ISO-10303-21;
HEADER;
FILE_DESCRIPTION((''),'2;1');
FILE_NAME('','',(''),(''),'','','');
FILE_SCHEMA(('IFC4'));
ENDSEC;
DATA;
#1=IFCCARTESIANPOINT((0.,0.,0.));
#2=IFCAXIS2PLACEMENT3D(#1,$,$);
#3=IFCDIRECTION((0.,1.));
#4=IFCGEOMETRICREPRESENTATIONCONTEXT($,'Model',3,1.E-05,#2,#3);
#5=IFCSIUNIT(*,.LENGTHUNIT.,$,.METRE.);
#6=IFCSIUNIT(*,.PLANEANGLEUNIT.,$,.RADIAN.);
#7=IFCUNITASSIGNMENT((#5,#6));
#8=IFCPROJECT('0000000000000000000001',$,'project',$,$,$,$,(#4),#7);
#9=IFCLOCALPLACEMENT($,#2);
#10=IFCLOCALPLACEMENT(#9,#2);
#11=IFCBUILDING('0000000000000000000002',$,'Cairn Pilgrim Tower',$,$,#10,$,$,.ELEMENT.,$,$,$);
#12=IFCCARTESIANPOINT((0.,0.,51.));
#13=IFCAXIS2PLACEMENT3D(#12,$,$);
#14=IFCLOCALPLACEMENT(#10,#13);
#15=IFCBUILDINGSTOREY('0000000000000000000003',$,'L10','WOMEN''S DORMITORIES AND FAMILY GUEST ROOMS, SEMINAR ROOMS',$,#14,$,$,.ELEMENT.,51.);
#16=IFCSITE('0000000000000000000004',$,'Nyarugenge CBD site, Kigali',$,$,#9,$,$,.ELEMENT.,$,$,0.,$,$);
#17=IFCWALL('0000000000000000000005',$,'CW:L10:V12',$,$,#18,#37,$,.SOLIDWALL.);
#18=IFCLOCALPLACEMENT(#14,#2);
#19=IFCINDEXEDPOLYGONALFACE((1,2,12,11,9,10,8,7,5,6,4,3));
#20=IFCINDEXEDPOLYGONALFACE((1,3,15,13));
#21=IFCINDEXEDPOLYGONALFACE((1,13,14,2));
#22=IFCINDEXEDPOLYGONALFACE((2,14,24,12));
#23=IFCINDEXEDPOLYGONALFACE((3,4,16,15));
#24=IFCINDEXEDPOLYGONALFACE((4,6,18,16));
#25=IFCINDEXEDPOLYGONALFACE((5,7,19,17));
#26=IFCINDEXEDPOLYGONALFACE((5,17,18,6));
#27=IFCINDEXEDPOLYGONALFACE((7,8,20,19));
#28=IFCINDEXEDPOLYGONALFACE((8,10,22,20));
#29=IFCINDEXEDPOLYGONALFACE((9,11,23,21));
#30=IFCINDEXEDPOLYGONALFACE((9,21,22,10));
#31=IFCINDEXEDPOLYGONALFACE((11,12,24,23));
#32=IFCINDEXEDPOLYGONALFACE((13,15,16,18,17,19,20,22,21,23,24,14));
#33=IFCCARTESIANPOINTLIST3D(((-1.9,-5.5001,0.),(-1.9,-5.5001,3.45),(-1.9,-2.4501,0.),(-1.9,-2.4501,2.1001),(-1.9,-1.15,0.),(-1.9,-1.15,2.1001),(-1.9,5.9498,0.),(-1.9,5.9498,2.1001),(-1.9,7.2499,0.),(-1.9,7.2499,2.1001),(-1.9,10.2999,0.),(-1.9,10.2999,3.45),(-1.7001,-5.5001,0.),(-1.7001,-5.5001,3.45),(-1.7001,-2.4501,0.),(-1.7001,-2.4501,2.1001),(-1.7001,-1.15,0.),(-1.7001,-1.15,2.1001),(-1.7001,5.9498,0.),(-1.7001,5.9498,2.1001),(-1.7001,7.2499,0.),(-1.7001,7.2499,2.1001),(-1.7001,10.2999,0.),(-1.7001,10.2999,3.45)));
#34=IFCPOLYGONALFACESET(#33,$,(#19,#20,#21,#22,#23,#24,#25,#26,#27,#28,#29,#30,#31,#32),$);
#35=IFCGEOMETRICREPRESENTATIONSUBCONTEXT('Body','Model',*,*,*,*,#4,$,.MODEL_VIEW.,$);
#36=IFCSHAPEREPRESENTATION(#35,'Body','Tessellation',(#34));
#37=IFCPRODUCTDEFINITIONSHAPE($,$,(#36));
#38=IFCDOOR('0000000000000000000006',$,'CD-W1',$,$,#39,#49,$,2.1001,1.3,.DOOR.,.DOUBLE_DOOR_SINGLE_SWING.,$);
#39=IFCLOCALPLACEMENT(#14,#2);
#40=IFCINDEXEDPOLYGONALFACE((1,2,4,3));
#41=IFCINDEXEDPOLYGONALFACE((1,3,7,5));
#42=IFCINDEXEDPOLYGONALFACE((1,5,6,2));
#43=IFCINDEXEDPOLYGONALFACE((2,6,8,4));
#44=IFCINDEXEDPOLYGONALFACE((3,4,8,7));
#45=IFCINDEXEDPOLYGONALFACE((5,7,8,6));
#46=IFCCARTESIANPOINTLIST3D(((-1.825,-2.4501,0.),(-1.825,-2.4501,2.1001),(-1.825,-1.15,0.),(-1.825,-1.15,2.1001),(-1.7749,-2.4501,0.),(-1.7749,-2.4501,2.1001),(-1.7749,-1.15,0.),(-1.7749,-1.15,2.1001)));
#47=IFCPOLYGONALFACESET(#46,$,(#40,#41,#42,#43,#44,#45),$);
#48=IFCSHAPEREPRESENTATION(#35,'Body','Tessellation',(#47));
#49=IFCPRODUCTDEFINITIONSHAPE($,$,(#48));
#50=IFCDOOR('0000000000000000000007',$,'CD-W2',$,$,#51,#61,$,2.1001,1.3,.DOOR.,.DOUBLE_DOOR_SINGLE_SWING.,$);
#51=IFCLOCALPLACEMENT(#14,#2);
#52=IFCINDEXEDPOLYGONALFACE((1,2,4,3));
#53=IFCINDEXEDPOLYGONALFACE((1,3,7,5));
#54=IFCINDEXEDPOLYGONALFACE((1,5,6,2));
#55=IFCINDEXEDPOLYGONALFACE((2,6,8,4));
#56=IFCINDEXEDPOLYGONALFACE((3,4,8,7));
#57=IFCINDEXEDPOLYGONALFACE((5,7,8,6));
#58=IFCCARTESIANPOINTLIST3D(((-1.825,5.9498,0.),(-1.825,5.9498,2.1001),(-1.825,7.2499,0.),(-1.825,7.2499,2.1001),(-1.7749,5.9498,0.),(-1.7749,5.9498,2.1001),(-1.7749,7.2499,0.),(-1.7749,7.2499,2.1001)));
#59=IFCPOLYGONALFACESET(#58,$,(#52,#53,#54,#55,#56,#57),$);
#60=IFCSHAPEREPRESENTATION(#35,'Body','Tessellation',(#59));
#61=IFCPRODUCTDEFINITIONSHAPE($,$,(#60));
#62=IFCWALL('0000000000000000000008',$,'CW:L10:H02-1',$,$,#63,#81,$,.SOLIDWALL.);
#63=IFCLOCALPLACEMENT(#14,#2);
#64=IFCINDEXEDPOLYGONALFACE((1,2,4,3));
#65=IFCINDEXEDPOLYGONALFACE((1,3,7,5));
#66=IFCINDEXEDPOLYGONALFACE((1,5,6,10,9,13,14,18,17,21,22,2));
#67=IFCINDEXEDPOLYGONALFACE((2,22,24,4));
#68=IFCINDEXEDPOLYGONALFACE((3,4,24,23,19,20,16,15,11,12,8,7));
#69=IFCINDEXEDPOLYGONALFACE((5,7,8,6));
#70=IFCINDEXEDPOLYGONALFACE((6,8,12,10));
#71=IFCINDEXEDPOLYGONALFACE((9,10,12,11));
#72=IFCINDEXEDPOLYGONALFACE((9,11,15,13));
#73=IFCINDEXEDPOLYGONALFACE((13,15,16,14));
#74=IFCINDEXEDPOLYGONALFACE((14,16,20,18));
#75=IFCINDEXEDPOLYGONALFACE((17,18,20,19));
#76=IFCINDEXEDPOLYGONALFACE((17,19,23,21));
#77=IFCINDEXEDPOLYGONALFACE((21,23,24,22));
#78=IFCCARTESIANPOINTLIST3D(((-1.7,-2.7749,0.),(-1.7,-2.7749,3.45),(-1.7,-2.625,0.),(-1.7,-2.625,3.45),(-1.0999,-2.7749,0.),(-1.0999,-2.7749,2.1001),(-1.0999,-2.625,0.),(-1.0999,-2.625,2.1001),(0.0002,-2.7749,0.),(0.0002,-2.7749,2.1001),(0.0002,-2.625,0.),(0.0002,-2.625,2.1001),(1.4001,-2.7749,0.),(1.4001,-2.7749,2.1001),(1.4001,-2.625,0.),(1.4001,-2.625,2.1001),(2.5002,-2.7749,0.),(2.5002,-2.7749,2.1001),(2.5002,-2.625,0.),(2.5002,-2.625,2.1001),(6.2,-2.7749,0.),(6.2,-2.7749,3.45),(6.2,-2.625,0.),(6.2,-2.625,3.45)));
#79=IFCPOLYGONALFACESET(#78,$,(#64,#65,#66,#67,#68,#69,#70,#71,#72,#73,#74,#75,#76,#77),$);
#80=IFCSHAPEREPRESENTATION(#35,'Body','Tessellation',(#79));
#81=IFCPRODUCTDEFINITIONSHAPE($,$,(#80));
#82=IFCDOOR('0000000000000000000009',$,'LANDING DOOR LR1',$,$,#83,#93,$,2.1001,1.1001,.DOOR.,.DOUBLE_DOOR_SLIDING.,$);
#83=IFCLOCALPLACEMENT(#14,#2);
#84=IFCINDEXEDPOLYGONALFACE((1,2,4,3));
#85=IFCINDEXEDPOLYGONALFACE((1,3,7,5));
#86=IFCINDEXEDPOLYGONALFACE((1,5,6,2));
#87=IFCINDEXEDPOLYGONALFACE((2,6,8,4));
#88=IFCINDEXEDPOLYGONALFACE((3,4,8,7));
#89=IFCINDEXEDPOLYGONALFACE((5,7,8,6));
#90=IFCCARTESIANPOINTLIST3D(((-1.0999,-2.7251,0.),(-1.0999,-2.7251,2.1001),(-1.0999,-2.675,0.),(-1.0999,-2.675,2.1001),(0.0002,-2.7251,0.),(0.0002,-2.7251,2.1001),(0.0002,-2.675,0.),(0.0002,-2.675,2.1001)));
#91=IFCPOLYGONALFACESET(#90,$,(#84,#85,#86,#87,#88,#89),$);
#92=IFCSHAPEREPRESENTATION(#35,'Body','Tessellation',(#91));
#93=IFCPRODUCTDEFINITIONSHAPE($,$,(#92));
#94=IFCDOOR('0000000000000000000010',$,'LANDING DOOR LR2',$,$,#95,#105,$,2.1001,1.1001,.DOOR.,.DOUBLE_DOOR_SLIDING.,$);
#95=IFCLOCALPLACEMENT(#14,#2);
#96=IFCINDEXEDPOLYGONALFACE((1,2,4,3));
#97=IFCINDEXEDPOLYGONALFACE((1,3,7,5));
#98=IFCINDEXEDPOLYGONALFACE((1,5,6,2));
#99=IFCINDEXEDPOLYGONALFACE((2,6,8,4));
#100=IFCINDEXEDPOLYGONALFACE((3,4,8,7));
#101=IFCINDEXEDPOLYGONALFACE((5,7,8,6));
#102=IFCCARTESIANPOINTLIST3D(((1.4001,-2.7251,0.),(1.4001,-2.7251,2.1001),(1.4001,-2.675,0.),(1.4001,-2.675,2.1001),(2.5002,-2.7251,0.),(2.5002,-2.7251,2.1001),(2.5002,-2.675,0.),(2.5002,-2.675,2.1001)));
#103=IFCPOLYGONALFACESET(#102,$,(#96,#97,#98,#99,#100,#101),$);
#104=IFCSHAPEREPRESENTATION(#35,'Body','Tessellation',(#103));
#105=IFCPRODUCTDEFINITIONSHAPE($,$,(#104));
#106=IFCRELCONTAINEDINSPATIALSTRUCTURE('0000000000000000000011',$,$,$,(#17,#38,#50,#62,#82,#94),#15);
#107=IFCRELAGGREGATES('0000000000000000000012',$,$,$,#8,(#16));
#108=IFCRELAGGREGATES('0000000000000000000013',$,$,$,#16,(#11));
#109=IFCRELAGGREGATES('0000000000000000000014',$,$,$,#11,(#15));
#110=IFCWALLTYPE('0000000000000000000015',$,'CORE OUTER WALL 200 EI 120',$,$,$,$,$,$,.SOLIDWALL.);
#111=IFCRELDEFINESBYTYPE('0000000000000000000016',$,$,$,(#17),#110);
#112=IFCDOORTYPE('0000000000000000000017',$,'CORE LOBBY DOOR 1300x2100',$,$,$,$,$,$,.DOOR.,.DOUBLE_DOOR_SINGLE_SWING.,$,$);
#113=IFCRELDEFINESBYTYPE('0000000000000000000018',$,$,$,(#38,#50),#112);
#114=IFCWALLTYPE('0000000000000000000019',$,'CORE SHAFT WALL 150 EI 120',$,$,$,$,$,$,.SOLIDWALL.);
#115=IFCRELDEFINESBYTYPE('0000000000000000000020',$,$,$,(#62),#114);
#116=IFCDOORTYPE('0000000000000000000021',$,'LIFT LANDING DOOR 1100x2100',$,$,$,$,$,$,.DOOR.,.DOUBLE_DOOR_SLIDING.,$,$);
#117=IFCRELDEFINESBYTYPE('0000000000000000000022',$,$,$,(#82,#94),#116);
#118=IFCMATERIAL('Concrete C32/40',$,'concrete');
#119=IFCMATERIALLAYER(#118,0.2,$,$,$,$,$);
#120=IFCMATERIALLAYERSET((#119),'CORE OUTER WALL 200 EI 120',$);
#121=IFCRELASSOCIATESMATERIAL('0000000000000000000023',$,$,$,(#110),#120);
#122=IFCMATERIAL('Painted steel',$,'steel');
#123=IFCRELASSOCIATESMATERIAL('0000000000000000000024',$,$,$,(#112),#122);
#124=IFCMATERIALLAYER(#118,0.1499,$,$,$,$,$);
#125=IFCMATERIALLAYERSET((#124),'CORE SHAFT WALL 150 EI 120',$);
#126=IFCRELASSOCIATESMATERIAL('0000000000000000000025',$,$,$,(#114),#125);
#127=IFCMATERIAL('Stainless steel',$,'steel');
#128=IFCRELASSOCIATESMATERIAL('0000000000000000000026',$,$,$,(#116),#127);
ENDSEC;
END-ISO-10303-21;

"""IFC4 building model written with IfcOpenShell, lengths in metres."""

from ifc_helpers import new_model, si_unit, direction, frame, frame_2d, origin, place, context, subcontext, project, spatial, rectangle, extrude, material, layer, layer_set, type_object, element, fill, save


model = new_model("IFC4")

# Units and contexts
model_context = context("Model", 3, precision=1e-05, world=origin(), true_north=direction((0.0, 1.0)))
body_context = subcontext(model_context, "Body", "Model", "MODEL_VIEW")
ifc_project = project(units=[si_unit("LENGTHUNIT", "METRE"), si_unit("PLANEANGLEUNIT", "RADIAN")], contexts=[model_context])

# Site, building, storey
site_placement = place(None, origin())
site = spatial("IfcSite", under=ifc_project, at=site_placement, Name="Nyarugenge CBD site, Kigali", CompositionType="ELEMENT", RefElevation=0.0)
building_placement = place(site_placement, origin())
building = spatial("IfcBuilding", under=site, at=building_placement, Name="Cairn Pilgrim Tower", CompositionType="ELEMENT")
storey_placement = place(building_placement, frame((0.0, 0.0, 51.0)))
storey = spatial("IfcBuildingStorey", under=building, at=storey_placement, Name="L10", Description="WOMEN'S DORMITORIES AND FAMILY GUEST ROOMS, SEMINAR ROOMS", CompositionType="ELEMENT", Elevation=51.0)

# Shared definitions
ifc_material_1 = material(Name="Concrete C32/40", Category="concrete")
ifc_layer_1 = layer(ifc_material_1, 0.2)
ifc_layer_set_1 = layer_set([ifc_layer_1], Name="CORE OUTER WALL 200 EI 120")
wall_type_1 = type_object("IfcWallType", Name="CORE OUTER WALL 200 EI 120", PredefinedType="SOLIDWALL", material=ifc_layer_set_1)

# Walls, openings, doors
wall_1_placement = place(storey_placement, frame((-1.8, -5.5, 0.0), z_axis=(0.0, 0.0, 1.0), x_axis=(0.0, 1.0, 0.0)))
wall_1 = element("IfcWall", 1, at=wall_1_placement, inside=storey, type_object=wall_type_1, Name="CW:L10:V12", PredefinedType="SOLIDWALL", context=body_context, shape_type="SweptSolid", body=[
    extrude(rectangle(XDim=15.8, YDim=0.2, at=frame_2d((7.8999, 0.0))), origin(), (0.0, 0.0, 1.0), 3.45),
])
opening_1_placement = place(wall_1_placement, frame((3.05, 0.0, 0.0)))
opening_1 = element("IfcOpeningElement", 2, at=opening_1_placement, cuts=wall_1, PredefinedType="OPENING", context=body_context, shape_type="SweptSolid", body=[
    extrude(rectangle(XDim=1.3, YDim=2.1001, at=frame_2d((0.6499, 1.05))), frame((0.0, 0.1099, 0.0), z_axis=(0.0, -1.0, 0.0), x_axis=(1.0, 0.0, 0.0)), (0.0, 0.0, 1.0), 0.22),
])
opening_2_placement = place(wall_1_placement, frame((11.45, 0.0, 0.0)))
opening_2 = element("IfcOpeningElement", 3, at=opening_2_placement, cuts=wall_1, PredefinedType="OPENING", context=body_context, shape_type="SweptSolid", body=[
    extrude(rectangle(XDim=1.3, YDim=2.1001, at=frame_2d((0.6499, 1.05))), frame((0.0, 0.1099, 0.0), z_axis=(0.0, -1.0, 0.0), x_axis=(1.0, 0.0, 0.0)), (0.0, 0.0, 1.0), 0.22),
])
ifc_material_2 = material(Name="Painted steel", Category="steel")
door_type_1 = type_object("IfcDoorType", Name="CORE LOBBY DOOR 1300x2100", OperationType="DOUBLE_DOOR_SINGLE_SWING", PredefinedType="DOOR", material=ifc_material_2)
door_1_placement = place(opening_1_placement, origin())
door_1 = element("IfcDoor", 4, at=door_1_placement, inside=storey, type_object=door_type_1, Name="CD-W1", OperationType="DOUBLE_DOOR_SINGLE_SWING", OverallHeight=2.1001, OverallWidth=1.3, PredefinedType="DOOR", context=body_context, shape_type="SweptSolid", body=[
    extrude(rectangle(XDim=1.3, YDim=2.1001, at=frame_2d((0.6499, 1.05))), frame((0.0, 0.0249, 0.0), z_axis=(0.0, -1.0, 0.0), x_axis=(1.0, 0.0, 0.0)), (0.0, 0.0, 1.0), 0.05),
])
fill(opening_1, door_1)
door_2_placement = place(opening_2_placement, origin())
door_2 = element("IfcDoor", 5, at=door_2_placement, inside=storey, type_object=door_type_1, Name="CD-W2", OperationType="DOUBLE_DOOR_SINGLE_SWING", OverallHeight=2.1001, OverallWidth=1.3, PredefinedType="DOOR", context=body_context, shape_type="SweptSolid", body=[
    extrude(rectangle(XDim=1.3, YDim=2.1001, at=frame_2d((0.6499, 1.05))), frame((0.0, 0.0249, 0.0), z_axis=(0.0, -1.0, 0.0), x_axis=(1.0, 0.0, 0.0)), (0.0, 0.0, 1.0), 0.05),
])
fill(opening_2, door_2)
ifc_layer_2 = layer(ifc_material_1, 0.1499)
ifc_layer_set_2 = layer_set([ifc_layer_2], Name="CORE SHAFT WALL 150 EI 120")
wall_type_2 = type_object("IfcWallType", Name="CORE SHAFT WALL 150 EI 120", PredefinedType="SOLIDWALL", material=ifc_layer_set_2)
wall_2_placement = place(storey_placement, frame((-1.7, -2.7, 0.0), z_axis=(0.0, 0.0, 1.0), x_axis=(1.0, 0.0, 0.0)))
wall_2 = element("IfcWall", 6, at=wall_2_placement, inside=storey, type_object=wall_type_2, Name="CW:L10:H02-1", PredefinedType="SOLIDWALL", context=body_context, shape_type="SweptSolid", body=[
    extrude(rectangle(XDim=7.8999, YDim=0.1499, at=frame_2d((3.95, 0.0))), origin(), (0.0, 0.0, 1.0), 3.45),
])
opening_3_placement = place(wall_2_placement, frame((0.6001, 0.0, 0.0)))
opening_3 = element("IfcOpeningElement", 7, at=opening_3_placement, cuts=wall_2, PredefinedType="OPENING", context=body_context, shape_type="SweptSolid", body=[
    extrude(rectangle(XDim=1.1001, YDim=2.1001, at=frame_2d((0.55, 1.05))), frame((0.0, 0.085, 0.0), z_axis=(0.0, -1.0, 0.0), x_axis=(1.0, 0.0, 0.0)), (0.0, 0.0, 1.0), 0.1699),
])
opening_4_placement = place(wall_2_placement, frame((3.1001, 0.0, 0.0)))
opening_4 = element("IfcOpeningElement", 8, at=opening_4_placement, cuts=wall_2, PredefinedType="OPENING", context=body_context, shape_type="SweptSolid", body=[
    extrude(rectangle(XDim=1.1001, YDim=2.1001, at=frame_2d((0.55, 1.05))), frame((0.0, 0.085, 0.0), z_axis=(0.0, -1.0, 0.0), x_axis=(1.0, 0.0, 0.0)), (0.0, 0.0, 1.0), 0.1699),
])
ifc_material_3 = material(Name="Stainless steel", Category="steel")
door_type_2 = type_object("IfcDoorType", Name="LIFT LANDING DOOR 1100x2100", OperationType="DOUBLE_DOOR_SLIDING", PredefinedType="DOOR", material=ifc_material_3)
door_3_placement = place(opening_3_placement, origin())
door_3 = element("IfcDoor", 9, at=door_3_placement, inside=storey, type_object=door_type_2, Name="LANDING DOOR LR1", OperationType="DOUBLE_DOOR_SLIDING", OverallHeight=2.1001, OverallWidth=1.1001, PredefinedType="DOOR", context=body_context, shape_type="SweptSolid", body=[
    extrude(rectangle(XDim=1.1001, YDim=2.1001, at=frame_2d((0.55, 1.05))), frame((0.0, 0.0249, 0.0), z_axis=(0.0, -1.0, 0.0), x_axis=(1.0, 0.0, 0.0)), (0.0, 0.0, 1.0), 0.05),
])
fill(opening_3, door_3)
door_4_placement = place(opening_4_placement, origin())
door_4 = element("IfcDoor", 10, at=door_4_placement, inside=storey, type_object=door_type_2, Name="LANDING DOOR LR2", OperationType="DOUBLE_DOOR_SLIDING", OverallHeight=2.1001, OverallWidth=1.1001, PredefinedType="DOOR", context=body_context, shape_type="SweptSolid", body=[
    extrude(rectangle(XDim=1.1001, YDim=2.1001, at=frame_2d((0.55, 1.05))), frame((0.0, 0.0249, 0.0), z_axis=(0.0, -1.0, 0.0), x_axis=(1.0, 0.0, 0.0)), (0.0, 0.0, 1.0), 0.05),
])
fill(opening_4, door_4)

save(model, "model.ifc")
